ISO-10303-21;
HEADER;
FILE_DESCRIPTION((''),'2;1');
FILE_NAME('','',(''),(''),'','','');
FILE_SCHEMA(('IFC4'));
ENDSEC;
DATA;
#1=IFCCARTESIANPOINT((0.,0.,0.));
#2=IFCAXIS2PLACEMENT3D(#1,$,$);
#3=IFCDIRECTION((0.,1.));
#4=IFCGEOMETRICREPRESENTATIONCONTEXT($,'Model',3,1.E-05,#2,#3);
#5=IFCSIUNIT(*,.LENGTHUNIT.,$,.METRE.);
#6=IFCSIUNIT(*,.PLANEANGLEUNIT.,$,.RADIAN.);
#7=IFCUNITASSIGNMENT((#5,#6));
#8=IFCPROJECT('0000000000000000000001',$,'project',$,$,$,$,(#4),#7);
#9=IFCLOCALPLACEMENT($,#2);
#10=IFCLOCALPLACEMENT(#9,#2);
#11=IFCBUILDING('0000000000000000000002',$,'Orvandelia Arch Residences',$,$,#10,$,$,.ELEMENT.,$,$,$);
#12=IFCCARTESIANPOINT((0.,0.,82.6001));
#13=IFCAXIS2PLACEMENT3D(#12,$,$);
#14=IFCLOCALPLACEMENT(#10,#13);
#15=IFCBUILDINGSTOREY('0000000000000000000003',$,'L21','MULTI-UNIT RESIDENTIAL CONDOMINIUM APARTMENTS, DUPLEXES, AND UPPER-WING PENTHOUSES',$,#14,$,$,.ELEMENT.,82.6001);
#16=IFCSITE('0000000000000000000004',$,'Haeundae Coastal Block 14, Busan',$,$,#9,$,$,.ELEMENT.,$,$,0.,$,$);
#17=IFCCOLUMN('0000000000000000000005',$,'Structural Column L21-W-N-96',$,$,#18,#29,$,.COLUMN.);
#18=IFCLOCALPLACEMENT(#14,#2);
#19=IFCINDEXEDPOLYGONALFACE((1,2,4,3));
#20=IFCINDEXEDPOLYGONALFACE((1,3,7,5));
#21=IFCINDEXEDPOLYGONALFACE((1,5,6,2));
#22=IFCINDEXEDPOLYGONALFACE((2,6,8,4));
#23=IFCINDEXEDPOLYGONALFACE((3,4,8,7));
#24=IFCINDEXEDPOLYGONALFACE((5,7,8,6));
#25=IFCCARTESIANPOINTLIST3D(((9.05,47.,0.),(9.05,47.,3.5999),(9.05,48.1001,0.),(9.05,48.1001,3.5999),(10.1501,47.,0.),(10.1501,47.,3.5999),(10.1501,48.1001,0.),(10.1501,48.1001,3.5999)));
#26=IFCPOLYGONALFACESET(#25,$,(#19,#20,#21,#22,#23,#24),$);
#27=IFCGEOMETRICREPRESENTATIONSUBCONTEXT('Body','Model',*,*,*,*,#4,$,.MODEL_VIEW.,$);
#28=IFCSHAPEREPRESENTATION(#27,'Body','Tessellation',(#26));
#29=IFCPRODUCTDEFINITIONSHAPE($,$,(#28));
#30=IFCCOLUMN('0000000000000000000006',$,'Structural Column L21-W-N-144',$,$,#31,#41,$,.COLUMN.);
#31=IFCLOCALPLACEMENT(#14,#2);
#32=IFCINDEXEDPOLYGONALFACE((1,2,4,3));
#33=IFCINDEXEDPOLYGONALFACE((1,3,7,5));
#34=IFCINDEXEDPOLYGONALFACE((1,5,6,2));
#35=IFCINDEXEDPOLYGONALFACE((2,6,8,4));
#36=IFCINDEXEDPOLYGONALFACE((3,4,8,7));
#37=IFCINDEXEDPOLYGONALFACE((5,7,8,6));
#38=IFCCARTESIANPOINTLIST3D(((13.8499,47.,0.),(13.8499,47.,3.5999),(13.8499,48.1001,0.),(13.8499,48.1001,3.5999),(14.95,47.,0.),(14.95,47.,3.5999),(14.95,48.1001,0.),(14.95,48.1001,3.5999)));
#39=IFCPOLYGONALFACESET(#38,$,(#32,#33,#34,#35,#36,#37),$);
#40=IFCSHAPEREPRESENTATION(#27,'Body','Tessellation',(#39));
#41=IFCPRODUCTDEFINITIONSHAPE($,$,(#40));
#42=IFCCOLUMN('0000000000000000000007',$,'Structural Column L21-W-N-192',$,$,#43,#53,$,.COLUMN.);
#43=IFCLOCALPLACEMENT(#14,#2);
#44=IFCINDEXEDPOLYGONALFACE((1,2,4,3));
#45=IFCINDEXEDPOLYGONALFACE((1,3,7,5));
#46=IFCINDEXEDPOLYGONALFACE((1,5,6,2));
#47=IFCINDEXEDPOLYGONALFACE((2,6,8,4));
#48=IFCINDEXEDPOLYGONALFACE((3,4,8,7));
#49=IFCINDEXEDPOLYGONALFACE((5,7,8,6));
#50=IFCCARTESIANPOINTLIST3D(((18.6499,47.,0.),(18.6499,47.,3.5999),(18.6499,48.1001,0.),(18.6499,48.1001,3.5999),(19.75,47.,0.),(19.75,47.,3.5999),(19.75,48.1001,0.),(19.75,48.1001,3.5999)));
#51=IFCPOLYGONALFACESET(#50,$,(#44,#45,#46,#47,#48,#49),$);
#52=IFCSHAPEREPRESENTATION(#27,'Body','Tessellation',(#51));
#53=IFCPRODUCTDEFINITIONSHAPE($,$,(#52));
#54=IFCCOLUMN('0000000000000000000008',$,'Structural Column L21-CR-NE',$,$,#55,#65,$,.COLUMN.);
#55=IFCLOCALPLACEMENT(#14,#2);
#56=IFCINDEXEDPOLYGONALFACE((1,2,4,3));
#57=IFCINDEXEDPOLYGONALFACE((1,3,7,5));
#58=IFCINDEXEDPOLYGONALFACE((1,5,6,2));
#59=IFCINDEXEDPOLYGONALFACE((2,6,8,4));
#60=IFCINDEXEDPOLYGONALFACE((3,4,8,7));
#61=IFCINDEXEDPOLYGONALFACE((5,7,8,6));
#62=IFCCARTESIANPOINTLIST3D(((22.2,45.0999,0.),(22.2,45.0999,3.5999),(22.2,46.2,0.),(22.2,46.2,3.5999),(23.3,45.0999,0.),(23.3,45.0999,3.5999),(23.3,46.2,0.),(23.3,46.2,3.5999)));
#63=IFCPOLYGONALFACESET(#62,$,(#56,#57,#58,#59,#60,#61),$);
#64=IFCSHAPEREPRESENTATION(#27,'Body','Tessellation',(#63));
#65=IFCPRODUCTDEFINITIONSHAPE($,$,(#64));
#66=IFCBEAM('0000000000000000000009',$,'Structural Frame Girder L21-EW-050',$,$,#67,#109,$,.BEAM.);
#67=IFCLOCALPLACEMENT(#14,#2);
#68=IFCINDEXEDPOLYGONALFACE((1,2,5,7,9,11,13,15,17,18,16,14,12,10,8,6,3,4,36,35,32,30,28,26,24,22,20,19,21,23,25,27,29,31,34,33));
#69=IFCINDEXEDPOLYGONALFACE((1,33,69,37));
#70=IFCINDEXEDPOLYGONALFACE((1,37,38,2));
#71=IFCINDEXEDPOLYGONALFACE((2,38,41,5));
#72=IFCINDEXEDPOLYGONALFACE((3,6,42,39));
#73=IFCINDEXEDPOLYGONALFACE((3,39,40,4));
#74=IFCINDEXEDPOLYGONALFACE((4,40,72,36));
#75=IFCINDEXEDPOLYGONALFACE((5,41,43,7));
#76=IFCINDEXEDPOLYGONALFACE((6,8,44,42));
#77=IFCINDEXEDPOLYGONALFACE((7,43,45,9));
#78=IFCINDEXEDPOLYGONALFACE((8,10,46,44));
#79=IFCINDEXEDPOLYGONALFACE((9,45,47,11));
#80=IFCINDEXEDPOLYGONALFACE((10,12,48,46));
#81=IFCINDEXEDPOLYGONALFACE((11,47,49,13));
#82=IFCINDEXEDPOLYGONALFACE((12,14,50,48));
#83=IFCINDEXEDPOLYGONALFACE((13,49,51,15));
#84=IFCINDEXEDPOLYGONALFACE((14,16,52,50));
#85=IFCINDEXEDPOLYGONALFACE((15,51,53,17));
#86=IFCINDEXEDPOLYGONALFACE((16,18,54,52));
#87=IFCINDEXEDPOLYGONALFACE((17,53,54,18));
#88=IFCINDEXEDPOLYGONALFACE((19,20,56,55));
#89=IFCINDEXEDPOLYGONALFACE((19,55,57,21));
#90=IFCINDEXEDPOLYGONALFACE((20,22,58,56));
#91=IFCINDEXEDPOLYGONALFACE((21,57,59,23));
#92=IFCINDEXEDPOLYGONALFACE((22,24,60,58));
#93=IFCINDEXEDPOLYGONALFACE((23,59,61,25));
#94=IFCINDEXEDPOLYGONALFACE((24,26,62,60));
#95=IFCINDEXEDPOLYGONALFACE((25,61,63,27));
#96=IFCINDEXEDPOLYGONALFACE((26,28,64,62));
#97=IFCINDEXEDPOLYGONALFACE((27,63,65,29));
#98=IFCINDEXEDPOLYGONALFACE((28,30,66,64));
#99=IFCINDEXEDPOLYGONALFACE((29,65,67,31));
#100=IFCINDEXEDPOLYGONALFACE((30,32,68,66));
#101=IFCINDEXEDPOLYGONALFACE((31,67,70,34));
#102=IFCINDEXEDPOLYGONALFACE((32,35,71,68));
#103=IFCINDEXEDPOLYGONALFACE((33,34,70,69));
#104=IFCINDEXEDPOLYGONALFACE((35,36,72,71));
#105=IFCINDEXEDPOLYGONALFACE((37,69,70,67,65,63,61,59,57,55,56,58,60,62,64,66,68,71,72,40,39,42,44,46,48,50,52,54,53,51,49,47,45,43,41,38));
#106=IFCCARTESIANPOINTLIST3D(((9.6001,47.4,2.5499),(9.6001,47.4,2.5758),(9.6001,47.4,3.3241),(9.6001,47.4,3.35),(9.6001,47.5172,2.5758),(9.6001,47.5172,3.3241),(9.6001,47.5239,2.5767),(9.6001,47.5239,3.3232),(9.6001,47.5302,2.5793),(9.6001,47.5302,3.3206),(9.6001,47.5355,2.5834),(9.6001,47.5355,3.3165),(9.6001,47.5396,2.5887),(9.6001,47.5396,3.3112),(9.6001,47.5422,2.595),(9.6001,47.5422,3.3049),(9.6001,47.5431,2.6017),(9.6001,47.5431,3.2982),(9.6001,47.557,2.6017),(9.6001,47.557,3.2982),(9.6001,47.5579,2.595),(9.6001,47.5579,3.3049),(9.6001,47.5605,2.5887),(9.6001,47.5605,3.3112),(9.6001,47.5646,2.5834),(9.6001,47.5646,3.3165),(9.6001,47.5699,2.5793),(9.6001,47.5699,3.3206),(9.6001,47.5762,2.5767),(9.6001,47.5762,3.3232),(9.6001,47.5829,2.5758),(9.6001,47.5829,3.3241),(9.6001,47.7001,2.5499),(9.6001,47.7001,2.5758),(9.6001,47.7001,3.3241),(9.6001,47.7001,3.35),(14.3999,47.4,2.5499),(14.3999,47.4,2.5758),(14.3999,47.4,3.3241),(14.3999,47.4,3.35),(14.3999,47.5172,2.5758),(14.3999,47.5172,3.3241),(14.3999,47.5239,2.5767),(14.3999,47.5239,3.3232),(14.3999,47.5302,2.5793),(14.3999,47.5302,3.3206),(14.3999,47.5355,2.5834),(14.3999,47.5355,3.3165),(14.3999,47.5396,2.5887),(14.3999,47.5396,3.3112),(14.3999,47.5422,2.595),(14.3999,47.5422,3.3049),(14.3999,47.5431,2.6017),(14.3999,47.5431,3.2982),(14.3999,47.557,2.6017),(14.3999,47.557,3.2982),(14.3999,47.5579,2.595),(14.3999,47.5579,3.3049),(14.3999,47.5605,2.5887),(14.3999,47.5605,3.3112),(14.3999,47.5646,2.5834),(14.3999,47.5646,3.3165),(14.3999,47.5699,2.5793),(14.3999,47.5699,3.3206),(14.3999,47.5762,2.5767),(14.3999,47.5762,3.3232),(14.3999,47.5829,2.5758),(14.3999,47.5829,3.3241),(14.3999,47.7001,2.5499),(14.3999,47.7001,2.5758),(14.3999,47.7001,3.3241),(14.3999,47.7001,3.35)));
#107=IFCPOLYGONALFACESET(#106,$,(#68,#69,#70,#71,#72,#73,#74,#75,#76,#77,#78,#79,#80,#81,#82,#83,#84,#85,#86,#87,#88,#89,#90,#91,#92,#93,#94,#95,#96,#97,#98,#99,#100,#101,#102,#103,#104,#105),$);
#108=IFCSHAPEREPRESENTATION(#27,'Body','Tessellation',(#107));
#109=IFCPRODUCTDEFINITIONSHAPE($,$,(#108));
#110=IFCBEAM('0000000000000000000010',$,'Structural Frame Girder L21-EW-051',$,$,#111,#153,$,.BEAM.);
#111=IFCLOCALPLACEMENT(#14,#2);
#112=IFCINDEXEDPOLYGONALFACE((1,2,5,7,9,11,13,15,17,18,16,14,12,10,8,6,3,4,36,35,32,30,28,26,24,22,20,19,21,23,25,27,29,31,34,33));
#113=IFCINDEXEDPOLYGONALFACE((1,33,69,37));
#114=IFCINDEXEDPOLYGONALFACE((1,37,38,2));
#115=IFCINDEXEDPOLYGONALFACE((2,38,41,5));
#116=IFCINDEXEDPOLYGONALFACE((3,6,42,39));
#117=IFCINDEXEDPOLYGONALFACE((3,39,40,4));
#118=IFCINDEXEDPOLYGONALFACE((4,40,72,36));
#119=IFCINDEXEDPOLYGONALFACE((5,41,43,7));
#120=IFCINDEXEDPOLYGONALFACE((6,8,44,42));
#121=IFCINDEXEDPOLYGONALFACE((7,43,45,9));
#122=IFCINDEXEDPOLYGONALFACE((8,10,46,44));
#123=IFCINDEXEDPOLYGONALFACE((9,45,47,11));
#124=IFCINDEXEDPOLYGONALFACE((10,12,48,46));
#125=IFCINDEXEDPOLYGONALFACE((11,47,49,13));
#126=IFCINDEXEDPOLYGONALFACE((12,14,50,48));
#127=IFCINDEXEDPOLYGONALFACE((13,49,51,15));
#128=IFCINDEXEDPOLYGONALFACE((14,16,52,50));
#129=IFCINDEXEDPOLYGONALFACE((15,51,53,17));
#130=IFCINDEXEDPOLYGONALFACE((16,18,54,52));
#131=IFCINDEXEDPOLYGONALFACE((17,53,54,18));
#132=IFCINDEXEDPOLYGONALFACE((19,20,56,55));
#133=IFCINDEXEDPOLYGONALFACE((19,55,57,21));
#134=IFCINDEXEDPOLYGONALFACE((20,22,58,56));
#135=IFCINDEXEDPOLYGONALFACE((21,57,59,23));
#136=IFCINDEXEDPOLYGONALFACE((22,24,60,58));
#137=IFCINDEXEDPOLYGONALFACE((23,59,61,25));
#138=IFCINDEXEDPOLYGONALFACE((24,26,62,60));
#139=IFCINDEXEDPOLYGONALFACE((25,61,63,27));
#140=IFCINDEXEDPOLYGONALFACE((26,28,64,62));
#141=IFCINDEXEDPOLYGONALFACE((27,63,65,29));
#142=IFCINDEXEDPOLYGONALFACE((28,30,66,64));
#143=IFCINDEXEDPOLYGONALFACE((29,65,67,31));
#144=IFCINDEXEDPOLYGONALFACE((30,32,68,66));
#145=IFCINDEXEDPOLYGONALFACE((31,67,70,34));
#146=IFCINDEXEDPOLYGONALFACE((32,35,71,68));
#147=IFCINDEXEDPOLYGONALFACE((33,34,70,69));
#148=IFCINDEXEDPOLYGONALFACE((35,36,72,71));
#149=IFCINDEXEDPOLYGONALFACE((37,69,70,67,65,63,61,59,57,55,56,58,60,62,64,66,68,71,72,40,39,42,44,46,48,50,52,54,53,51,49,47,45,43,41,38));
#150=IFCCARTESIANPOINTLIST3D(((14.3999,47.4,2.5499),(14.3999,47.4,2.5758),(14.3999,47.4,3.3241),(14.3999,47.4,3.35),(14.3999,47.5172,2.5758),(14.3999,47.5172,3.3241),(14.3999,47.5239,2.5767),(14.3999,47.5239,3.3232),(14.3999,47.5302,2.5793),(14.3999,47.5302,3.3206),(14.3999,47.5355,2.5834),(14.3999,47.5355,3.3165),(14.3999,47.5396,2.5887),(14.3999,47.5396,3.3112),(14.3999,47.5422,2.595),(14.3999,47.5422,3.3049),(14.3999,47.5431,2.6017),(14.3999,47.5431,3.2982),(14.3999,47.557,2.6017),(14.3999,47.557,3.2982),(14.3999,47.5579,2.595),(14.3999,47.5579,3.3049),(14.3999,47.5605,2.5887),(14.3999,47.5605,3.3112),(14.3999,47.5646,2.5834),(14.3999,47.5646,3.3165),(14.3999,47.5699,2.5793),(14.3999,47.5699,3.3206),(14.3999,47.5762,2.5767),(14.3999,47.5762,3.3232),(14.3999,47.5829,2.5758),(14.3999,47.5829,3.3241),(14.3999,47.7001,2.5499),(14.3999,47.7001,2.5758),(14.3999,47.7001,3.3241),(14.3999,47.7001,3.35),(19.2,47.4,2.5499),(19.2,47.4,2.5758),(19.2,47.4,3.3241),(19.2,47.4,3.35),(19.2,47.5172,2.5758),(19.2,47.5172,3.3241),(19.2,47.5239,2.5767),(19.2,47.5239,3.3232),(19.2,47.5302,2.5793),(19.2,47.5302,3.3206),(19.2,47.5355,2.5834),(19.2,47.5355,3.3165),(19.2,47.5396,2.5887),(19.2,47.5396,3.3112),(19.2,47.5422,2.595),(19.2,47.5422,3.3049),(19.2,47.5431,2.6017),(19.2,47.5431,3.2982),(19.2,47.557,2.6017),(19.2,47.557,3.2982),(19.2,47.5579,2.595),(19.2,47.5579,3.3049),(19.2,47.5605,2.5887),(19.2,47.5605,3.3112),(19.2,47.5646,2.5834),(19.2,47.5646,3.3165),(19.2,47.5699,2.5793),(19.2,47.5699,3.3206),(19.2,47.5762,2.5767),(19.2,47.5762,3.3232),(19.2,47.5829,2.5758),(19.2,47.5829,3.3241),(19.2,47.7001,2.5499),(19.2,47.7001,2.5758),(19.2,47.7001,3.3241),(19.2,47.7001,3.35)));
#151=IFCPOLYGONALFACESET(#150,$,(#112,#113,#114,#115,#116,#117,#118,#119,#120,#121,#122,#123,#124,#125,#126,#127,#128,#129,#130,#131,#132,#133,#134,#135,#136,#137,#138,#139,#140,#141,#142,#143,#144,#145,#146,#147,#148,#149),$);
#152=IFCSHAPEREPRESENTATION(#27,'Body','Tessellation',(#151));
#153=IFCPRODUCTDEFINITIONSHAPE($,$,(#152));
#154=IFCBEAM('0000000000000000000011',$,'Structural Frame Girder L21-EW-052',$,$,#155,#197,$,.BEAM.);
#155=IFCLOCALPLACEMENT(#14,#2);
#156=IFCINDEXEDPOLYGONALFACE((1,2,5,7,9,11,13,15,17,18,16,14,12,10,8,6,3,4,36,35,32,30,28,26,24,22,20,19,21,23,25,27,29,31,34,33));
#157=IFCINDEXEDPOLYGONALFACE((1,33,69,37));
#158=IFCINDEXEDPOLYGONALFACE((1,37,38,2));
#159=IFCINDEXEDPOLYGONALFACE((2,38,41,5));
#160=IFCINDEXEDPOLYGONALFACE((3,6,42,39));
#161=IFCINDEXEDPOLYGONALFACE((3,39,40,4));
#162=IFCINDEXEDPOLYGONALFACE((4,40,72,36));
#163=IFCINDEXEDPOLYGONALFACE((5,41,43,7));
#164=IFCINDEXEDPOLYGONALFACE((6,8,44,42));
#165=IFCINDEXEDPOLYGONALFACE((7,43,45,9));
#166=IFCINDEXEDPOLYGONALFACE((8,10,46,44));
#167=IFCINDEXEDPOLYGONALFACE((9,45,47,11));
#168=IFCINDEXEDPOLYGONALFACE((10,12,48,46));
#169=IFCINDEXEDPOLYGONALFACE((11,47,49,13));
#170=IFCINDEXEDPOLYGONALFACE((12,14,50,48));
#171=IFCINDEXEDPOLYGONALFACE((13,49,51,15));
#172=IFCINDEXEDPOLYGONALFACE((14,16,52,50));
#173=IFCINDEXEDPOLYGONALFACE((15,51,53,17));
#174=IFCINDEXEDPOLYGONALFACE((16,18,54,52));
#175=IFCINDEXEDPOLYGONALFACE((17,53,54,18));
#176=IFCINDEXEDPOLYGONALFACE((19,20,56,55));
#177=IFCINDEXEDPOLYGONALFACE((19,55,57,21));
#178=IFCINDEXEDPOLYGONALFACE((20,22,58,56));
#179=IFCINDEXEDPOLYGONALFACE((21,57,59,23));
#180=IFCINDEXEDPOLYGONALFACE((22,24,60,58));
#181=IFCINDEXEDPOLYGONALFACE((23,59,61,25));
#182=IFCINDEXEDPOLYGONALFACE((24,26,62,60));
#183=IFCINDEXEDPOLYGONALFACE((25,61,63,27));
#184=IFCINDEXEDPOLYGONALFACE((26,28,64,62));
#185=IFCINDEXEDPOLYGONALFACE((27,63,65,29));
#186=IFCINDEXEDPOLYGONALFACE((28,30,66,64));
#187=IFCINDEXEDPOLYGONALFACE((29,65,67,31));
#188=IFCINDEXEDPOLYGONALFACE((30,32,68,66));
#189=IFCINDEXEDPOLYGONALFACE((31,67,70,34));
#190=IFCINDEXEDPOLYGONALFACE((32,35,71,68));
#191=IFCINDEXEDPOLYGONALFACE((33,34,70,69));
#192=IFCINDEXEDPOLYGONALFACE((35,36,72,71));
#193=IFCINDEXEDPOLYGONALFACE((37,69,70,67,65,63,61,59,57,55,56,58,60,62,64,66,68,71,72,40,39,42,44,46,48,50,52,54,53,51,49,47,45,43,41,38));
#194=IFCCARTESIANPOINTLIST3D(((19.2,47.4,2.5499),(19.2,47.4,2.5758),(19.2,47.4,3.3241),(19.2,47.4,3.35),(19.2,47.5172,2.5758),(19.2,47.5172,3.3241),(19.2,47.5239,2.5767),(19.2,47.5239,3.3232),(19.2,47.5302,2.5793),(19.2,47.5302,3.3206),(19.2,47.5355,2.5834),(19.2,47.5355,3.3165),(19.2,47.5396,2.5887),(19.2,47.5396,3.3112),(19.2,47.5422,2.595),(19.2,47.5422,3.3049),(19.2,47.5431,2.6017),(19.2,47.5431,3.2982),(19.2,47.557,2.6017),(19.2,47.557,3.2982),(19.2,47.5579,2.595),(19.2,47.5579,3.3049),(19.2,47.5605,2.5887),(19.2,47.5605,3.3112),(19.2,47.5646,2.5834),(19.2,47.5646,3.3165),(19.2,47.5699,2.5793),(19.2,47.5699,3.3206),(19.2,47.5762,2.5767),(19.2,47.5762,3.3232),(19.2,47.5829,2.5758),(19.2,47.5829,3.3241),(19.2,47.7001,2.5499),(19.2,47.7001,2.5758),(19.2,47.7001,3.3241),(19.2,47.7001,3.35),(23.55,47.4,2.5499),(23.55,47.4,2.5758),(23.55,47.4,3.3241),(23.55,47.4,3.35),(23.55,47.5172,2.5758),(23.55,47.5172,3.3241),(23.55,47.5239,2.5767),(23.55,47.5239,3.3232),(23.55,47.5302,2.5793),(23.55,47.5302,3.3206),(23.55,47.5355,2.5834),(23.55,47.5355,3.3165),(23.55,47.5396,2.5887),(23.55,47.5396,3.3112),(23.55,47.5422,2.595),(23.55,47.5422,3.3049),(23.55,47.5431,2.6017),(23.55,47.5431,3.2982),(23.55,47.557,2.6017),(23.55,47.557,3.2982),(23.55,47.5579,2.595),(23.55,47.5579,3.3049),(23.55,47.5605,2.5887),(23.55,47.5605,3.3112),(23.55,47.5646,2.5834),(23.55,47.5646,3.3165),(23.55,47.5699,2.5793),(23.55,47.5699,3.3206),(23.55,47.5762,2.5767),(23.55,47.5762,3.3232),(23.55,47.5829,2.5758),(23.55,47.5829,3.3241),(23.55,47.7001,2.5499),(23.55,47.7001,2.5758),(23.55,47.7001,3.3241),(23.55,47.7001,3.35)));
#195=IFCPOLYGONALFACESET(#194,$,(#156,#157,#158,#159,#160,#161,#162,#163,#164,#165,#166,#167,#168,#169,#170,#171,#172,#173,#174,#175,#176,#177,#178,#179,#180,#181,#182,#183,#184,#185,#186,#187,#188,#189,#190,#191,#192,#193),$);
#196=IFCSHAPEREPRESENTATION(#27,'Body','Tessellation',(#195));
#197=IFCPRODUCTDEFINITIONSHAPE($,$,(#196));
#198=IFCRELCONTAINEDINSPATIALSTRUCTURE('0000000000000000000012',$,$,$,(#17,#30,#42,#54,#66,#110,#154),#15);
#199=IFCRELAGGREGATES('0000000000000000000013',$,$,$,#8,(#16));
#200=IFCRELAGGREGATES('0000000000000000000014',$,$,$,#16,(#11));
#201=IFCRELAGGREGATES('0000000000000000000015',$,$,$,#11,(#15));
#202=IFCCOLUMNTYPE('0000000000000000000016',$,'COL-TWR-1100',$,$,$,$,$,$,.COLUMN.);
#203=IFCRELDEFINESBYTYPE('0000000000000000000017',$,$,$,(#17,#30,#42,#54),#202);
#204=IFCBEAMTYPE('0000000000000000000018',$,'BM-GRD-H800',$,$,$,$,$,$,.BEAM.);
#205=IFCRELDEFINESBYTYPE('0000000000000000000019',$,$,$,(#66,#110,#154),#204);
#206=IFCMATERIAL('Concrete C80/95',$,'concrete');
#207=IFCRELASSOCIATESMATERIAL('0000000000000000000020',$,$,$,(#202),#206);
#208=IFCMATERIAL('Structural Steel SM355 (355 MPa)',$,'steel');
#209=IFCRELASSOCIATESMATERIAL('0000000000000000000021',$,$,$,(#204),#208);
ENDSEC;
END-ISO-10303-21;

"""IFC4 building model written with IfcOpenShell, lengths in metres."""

from ifc_helpers import new_model, si_unit, direction, frame, origin, origin_2d, place, context, subcontext, project, spatial, rectangle, i_section, extrude, material, material_profile, profile_set, type_object, element, save


model = new_model("IFC4")

# Units and contexts
model_context = context("Model", 3, precision=1e-05, world=origin(), true_north=direction((0.0, 1.0)))
body_context = subcontext(model_context, "Body", "Model", "MODEL_VIEW")
ifc_project = project(units=[si_unit("LENGTHUNIT", "METRE"), si_unit("PLANEANGLEUNIT", "RADIAN")], contexts=[model_context])

# Site, building, storey
site_placement = place(None, origin())
site = spatial("IfcSite", under=ifc_project, at=site_placement, Name="Haeundae Coastal Block 14, Busan", CompositionType="ELEMENT", RefElevation=0.0)
building_placement = place(site_placement, origin())
building = spatial("IfcBuilding", under=site, at=building_placement, Name="Orvandelia Arch Residences", CompositionType="ELEMENT")
storey_placement = place(building_placement, frame((0.0, 0.0, 82.6001)))
storey = spatial("IfcBuildingStorey", under=building, at=storey_placement, Name="L21", Description="MULTI-UNIT RESIDENTIAL CONDOMINIUM APARTMENTS, DUPLEXES, AND UPPER-WING PENTHOUSES", CompositionType="ELEMENT", Elevation=82.6001)

# Columns
ifc_material_1 = material(Name="Concrete C80/95", Category="concrete")
ifc_material_profile_1 = material_profile(ifc_material_1, rectangle(XDim=1.1001, YDim=1.1001, at=origin_2d()), Name="Concrete C80/95", Category="concrete")
ifc_profile_set_1 = profile_set([ifc_material_profile_1], Name="Concrete C80/95")
column_type = type_object("IfcColumnType", Name="COL-TWR-1100", PredefinedType="COLUMN", material=ifc_profile_set_1)
for number, where, z_axis, x_axis, name in (
    (1, (9.6001, 47.55, 0.0), (0.0, 0.0, 1.0), (1.0, 0.0, 0.0), "Structural Column L21-W-N-96"),
    (2, (14.3999, 47.55, 0.0), (0.0, 0.0, 1.0), (1.0, 0.0, 0.0), "Structural Column L21-W-N-144"),
    (3, (19.2, 47.55, 0.0), (0.0, 0.0, 1.0), (1.0, 0.0, 0.0), "Structural Column L21-W-N-192"),
    (4, (22.75, 45.6499, 0.0), (0.0, 0.0, 1.0), (1.0, 0.0, 0.0), "Structural Column L21-CR-NE"),
):
    element("IfcColumn", number, at=place(storey_placement, frame(where, z_axis=z_axis, x_axis=x_axis)), inside=storey, type_object=column_type, Name=name, PredefinedType="COLUMN", context=body_context, shape_type="SweptSolid", body=[
        extrude(rectangle(XDim=1.1001, YDim=1.1001, at=origin_2d()), origin(), (0.0, 0.0, 1.0), 3.5999),
    ])

# Beams
ifc_material_2 = material(Name="Structural Steel SM355 (355 MPa)", Category="steel")
ifc_material_profile_2 = material_profile(ifc_material_2, i_section(OverallWidth=0.3, OverallDepth=0.8, WebThickness=0.0139, FlangeThickness=0.0259, FilletRadius=0.0259, at=origin_2d()), Name="Structural Steel SM355 (355 MPa)", Category="steel")
ifc_profile_set_2 = profile_set([ifc_material_profile_2], Name="Structural Steel SM355 (355 MPa)")
beam_type = type_object("IfcBeamType", Name="BM-GRD-H800", PredefinedType="BEAM", material=ifc_profile_set_2)
beam_1_placement = place(storey_placement, frame((9.6001, 47.55, 2.95), z_axis=(1.0, 0.0, 0.0), x_axis=(0.0, 1.0, 0.0)))
element("IfcBeam", 5, at=beam_1_placement, inside=storey, type_object=beam_type, Name="Structural Frame Girder L21-EW-050", PredefinedType="BEAM", context=body_context, shape_type="SweptSolid", body=[
    extrude(i_section(OverallWidth=0.3, OverallDepth=0.8, WebThickness=0.0139, FlangeThickness=0.0259, FilletRadius=0.0259, at=origin_2d()), origin(), (0.0, 0.0, 1.0), 4.7998),
])
beam_2_placement = place(storey_placement, frame((14.3999, 47.55, 2.95), z_axis=(1.0, 0.0, 0.0), x_axis=(0.0, 1.0, 0.0)))
element("IfcBeam", 6, at=beam_2_placement, inside=storey, type_object=beam_type, Name="Structural Frame Girder L21-EW-051", PredefinedType="BEAM", context=body_context, shape_type="SweptSolid", body=[
    extrude(i_section(OverallWidth=0.3, OverallDepth=0.8, WebThickness=0.0139, FlangeThickness=0.0259, FilletRadius=0.0259, at=origin_2d()), origin(), (0.0, 0.0, 1.0), 4.8),
])
beam_3_placement = place(storey_placement, frame((19.2, 47.55, 2.95), z_axis=(1.0, 0.0, 0.0), x_axis=(0.0, 1.0, 0.0)))
element("IfcBeam", 7, at=beam_3_placement, inside=storey, type_object=beam_type, Name="Structural Frame Girder L21-EW-052", PredefinedType="BEAM", context=body_context, shape_type="SweptSolid", body=[
    extrude(i_section(OverallWidth=0.3, OverallDepth=0.8, WebThickness=0.0139, FlangeThickness=0.0259, FilletRadius=0.0259, at=origin_2d()), origin(), (0.0, 0.0, 1.0), 4.3501),
])

save(model, "model.ifc")
